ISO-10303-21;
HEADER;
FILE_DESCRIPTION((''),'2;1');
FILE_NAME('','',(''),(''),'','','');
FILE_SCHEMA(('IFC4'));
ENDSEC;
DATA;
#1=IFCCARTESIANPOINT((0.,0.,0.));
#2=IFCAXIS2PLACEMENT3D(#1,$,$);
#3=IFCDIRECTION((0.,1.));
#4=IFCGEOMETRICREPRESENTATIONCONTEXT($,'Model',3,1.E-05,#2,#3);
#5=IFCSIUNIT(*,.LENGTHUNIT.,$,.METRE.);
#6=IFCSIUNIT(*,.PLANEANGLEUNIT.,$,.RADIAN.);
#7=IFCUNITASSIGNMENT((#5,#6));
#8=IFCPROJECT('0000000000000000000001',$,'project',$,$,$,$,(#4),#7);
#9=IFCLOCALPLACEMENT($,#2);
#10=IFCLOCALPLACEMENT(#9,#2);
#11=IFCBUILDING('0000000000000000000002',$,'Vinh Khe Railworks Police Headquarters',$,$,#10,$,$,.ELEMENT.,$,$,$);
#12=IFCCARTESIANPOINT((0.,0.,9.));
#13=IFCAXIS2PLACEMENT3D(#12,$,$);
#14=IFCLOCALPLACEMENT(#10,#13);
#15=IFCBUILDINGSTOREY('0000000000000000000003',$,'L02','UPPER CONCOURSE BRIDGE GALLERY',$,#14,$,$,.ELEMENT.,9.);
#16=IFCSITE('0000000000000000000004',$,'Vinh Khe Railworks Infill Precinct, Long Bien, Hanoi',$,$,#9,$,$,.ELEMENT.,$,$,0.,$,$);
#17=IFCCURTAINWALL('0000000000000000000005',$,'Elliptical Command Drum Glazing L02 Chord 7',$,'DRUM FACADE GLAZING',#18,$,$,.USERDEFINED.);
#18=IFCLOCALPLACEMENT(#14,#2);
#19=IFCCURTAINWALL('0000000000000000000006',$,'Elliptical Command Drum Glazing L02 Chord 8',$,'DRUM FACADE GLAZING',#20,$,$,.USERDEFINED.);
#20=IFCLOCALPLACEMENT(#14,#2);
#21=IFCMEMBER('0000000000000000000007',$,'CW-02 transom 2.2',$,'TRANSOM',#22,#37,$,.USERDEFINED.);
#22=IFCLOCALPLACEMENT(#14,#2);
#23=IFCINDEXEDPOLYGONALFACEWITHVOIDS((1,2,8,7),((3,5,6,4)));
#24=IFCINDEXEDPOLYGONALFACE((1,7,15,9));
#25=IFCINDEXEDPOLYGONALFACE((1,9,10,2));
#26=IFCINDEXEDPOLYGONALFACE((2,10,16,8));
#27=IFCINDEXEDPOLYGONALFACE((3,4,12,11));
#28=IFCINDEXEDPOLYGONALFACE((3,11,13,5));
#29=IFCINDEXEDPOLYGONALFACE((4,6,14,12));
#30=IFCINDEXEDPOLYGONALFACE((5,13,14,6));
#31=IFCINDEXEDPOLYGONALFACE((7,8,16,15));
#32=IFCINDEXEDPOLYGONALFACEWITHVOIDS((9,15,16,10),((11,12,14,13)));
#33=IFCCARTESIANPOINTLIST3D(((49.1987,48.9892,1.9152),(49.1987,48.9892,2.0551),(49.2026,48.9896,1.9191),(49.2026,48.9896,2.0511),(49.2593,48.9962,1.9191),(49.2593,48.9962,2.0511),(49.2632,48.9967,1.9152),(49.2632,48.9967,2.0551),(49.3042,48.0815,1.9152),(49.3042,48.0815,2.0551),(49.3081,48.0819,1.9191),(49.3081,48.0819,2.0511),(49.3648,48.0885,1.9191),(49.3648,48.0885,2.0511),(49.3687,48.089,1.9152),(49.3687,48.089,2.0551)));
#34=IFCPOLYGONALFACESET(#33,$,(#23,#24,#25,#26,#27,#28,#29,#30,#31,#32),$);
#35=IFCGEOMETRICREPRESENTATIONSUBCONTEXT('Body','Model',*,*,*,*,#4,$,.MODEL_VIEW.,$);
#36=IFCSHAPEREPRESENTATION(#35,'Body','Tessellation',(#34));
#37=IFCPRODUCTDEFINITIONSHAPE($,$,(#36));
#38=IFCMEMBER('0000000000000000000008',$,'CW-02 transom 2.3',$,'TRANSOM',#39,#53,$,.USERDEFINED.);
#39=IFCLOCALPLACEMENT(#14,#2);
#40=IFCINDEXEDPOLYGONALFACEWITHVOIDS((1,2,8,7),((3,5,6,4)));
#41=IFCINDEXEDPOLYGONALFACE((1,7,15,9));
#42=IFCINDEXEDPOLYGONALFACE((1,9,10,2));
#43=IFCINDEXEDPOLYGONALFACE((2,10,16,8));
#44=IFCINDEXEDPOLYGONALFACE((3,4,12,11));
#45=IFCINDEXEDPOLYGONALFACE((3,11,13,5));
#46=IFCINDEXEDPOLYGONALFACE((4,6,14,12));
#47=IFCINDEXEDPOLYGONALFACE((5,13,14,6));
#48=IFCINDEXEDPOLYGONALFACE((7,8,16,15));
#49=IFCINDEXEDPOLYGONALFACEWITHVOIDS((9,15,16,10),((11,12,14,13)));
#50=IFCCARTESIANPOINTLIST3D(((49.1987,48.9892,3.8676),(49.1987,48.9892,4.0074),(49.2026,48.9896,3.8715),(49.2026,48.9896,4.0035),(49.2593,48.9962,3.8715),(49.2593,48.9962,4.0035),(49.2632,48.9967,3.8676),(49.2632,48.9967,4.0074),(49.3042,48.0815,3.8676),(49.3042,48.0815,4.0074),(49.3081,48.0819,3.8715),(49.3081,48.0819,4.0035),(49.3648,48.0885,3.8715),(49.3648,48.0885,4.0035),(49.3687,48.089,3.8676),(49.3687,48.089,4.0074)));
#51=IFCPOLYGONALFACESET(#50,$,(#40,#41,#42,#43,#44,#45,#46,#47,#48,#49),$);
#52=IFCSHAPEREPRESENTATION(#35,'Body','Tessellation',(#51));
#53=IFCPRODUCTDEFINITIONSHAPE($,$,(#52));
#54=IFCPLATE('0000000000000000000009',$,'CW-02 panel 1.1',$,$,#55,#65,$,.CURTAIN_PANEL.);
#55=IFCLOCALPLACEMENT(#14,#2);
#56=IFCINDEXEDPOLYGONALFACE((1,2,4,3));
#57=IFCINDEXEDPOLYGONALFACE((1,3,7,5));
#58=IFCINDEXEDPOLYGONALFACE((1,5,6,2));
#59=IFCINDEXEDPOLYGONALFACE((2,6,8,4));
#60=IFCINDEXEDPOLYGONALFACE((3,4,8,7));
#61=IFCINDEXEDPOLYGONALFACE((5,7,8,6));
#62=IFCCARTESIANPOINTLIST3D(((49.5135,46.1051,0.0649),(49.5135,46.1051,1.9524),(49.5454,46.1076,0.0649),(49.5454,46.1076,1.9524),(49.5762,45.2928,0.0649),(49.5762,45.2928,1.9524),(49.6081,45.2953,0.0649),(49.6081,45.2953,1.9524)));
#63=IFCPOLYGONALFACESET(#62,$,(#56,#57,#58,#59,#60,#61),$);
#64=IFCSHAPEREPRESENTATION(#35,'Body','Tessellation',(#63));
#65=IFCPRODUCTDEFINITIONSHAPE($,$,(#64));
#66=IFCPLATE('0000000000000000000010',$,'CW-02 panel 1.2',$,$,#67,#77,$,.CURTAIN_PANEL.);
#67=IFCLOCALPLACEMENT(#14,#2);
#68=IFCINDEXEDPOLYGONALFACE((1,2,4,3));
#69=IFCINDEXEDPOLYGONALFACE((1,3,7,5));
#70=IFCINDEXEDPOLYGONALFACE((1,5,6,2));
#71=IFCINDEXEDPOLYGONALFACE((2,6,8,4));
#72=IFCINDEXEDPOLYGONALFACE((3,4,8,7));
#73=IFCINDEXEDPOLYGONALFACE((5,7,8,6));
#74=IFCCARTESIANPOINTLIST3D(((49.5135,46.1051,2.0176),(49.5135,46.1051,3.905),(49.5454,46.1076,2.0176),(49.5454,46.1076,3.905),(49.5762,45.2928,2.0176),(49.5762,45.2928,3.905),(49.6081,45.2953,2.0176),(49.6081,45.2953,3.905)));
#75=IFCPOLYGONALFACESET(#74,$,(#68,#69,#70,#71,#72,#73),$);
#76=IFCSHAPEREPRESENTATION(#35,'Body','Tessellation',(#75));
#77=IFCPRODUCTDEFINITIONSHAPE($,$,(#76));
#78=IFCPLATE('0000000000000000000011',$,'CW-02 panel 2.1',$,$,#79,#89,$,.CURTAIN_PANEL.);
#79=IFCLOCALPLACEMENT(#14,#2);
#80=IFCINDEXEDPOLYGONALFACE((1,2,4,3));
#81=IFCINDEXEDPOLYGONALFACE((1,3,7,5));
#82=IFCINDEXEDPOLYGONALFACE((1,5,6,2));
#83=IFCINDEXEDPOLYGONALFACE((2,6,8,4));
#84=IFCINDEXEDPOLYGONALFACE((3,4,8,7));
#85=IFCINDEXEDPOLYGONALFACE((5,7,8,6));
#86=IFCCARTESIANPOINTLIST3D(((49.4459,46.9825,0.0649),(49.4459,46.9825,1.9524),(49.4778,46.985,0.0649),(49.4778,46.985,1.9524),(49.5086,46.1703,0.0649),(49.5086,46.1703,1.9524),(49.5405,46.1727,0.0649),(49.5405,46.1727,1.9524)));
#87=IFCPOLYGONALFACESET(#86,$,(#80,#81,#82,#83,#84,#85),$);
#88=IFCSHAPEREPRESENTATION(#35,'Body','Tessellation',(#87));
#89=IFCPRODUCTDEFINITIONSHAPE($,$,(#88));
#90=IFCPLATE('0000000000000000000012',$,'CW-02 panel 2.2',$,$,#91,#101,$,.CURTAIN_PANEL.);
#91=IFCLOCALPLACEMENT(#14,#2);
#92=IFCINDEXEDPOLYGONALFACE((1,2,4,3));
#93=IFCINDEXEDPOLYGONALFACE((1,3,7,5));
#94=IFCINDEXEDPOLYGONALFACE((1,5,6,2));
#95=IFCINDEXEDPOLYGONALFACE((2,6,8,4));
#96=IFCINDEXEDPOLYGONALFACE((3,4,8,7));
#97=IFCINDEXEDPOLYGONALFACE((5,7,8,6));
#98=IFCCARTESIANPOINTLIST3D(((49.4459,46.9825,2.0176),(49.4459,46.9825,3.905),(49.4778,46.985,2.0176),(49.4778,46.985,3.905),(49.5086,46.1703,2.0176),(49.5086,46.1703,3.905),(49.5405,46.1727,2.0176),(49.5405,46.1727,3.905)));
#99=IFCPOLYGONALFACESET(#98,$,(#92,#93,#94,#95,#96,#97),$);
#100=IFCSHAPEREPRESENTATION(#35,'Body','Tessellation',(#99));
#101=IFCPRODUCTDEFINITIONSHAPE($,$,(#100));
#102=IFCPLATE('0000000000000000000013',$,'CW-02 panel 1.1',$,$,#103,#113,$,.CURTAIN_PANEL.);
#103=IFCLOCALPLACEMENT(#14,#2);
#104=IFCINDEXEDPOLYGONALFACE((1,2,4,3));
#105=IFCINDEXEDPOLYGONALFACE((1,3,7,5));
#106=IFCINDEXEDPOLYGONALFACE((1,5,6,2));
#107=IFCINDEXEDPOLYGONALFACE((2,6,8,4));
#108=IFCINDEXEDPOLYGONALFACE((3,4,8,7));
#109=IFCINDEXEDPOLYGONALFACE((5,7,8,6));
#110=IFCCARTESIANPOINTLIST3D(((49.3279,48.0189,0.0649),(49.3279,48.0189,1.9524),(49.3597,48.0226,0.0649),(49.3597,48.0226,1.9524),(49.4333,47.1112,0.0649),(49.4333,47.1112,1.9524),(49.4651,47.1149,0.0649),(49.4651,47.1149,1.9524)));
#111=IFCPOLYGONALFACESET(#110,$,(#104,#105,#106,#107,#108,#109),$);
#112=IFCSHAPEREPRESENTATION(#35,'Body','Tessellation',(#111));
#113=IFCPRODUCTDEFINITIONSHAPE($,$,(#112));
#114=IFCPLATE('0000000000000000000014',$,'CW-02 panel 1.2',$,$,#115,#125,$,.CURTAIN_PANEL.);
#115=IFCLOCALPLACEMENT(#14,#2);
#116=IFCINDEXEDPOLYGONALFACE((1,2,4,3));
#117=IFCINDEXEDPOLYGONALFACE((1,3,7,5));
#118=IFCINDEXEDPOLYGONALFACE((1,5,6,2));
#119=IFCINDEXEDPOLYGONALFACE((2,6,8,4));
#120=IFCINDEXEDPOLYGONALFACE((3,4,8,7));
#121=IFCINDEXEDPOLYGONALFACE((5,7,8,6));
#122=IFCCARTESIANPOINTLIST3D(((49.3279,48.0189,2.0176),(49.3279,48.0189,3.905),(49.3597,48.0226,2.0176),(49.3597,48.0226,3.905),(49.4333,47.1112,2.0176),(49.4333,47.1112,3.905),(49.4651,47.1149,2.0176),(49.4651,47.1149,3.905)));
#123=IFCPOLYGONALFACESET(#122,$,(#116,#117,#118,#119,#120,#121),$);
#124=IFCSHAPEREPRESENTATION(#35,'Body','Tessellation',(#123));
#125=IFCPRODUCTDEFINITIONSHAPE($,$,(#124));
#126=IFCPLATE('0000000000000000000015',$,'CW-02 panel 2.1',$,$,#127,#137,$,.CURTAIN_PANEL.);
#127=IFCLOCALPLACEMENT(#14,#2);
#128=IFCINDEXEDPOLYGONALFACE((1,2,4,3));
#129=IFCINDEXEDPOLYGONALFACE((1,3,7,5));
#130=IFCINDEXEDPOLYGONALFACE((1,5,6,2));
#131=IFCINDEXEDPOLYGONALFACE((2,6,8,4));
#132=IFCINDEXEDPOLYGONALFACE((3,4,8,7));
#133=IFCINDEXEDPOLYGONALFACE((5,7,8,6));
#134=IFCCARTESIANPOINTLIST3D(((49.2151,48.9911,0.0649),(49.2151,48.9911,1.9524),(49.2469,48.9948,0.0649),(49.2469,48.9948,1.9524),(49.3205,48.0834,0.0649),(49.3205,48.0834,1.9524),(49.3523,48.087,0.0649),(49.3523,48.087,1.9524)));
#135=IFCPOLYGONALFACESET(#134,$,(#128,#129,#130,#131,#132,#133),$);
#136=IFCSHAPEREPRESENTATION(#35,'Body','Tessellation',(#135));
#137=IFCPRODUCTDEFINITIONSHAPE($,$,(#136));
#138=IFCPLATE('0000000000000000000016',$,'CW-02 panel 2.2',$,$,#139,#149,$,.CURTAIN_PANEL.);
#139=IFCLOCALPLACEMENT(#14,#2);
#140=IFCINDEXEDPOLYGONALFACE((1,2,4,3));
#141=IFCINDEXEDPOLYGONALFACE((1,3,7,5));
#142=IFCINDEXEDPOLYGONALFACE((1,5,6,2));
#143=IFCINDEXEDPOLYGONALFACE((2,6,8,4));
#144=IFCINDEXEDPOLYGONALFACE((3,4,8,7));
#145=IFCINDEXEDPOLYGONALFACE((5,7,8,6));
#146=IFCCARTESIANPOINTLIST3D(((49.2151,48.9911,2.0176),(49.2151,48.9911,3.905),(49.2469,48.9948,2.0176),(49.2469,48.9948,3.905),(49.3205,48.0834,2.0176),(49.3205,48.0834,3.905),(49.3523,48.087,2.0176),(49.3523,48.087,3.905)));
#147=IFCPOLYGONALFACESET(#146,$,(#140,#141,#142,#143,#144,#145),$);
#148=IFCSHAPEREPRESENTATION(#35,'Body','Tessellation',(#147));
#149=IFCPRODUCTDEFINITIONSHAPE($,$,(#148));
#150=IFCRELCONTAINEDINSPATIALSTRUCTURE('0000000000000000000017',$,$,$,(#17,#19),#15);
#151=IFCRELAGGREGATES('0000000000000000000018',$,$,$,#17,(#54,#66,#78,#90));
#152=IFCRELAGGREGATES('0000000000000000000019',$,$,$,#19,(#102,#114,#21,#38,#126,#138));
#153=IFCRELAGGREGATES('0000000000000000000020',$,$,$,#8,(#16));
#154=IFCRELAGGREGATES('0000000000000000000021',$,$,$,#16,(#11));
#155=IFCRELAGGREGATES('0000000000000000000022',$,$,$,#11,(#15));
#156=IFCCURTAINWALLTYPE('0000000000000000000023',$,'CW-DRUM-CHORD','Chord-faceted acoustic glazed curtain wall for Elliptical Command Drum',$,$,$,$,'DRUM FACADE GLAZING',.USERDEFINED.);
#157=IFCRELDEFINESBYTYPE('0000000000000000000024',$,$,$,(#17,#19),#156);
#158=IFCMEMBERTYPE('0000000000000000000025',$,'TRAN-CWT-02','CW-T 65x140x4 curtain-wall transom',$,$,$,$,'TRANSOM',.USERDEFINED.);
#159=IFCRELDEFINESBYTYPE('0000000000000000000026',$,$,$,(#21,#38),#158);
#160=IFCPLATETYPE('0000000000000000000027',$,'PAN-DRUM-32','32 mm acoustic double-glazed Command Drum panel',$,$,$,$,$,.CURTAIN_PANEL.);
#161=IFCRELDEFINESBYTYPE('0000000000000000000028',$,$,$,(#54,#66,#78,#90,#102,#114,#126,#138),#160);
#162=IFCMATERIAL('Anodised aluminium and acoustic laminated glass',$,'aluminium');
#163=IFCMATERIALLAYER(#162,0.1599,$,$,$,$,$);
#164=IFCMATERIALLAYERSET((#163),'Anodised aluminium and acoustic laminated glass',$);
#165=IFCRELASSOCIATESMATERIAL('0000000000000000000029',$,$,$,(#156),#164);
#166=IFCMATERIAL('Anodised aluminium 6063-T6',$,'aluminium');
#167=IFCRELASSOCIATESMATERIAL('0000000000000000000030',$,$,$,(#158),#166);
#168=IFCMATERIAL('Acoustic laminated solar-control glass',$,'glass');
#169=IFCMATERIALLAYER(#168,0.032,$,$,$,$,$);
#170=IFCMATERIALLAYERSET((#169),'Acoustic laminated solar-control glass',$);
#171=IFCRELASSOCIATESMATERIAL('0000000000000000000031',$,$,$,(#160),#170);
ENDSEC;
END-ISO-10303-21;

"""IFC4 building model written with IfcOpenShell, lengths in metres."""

from ifc_helpers import new_model, si_unit, direction, frame, origin, origin_2d, place, context, subcontext, project, spatial, rectangle, hollow_rectangle, extrude, material, layer, layer_set, material_profile, profile_set, type_object, element, aggregate, save


model = new_model("IFC4")

# Units and contexts
model_context = context("Model", 3, precision=1e-05, world=origin(), true_north=direction((0.0, 1.0)))
body_context = subcontext(model_context, "Body", "Model", "MODEL_VIEW")
ifc_project = project(units=[si_unit("LENGTHUNIT", "METRE"), si_unit("PLANEANGLEUNIT", "RADIAN")], contexts=[model_context])

# Site, building, storey
site_placement = place(None, origin())
site = spatial("IfcSite", under=ifc_project, at=site_placement, Name="Vinh Khe Railworks Infill Precinct, Long Bien, Hanoi", CompositionType="ELEMENT", RefElevation=0.0)
building_placement = place(site_placement, origin())
building = spatial("IfcBuilding", under=site, at=building_placement, Name="Vinh Khe Railworks Police Headquarters", CompositionType="ELEMENT")
storey_placement = place(building_placement, frame((0.0, 0.0, 9.0)))
storey = spatial("IfcBuildingStorey", under=building, at=storey_placement, Name="L02", Description="UPPER CONCOURSE BRIDGE GALLERY", CompositionType="ELEMENT", Elevation=9.0)

# Curtain walls
ifc_material_1 = material(Name="Anodised aluminium and acoustic laminated glass", Category="aluminium")
ifc_layer_1 = layer(ifc_material_1, 0.1599)
ifc_layer_set_1 = layer_set([ifc_layer_1], Name="Anodised aluminium and acoustic laminated glass")
curtain_wall_type = type_object("IfcCurtainWallType", Name="CW-DRUM-CHORD", Description="Chord-faceted acoustic glazed curtain wall for Elliptical Command Drum", ElementType="DRUM FACADE GLAZING", PredefinedType="USERDEFINED", material=ifc_layer_set_1)
curtain_wall_1_placement = place(storey_placement, origin())
curtain_wall_1 = element("IfcCurtainWall", 1, at=curtain_wall_1_placement, inside=storey, type_object=curtain_wall_type, Name="Elliptical Command Drum Glazing L02 Chord 7", ObjectType="DRUM FACADE GLAZING", PredefinedType="USERDEFINED")
ifc_material_2 = material(Name="Anodised aluminium 6063-T6", Category="aluminium")
curtain_wall_2_placement = place(storey_placement, origin())
curtain_wall_2 = element("IfcCurtainWall", 2, at=curtain_wall_2_placement, inside=storey, type_object=curtain_wall_type, Name="Elliptical Command Drum Glazing L02 Chord 8", ObjectType="DRUM FACADE GLAZING", PredefinedType="USERDEFINED")

# Members
ifc_material_profile_1 = material_profile(ifc_material_2, hollow_rectangle(XDim=0.0649, YDim=0.1399, WallThickness=0.0039, at=origin_2d()), Name="CW-T 65x140x4")
ifc_profile_set_1 = profile_set([ifc_material_profile_1], Name="Anodised aluminium 6063-T6")
member_type_1 = type_object("IfcMemberType", Name="TRAN-CWT-02", Description="CW-T 65x140x4 curtain-wall transom", ElementType="TRANSOM", PredefinedType="USERDEFINED", material=ifc_profile_set_1)
member_1_placement = place(storey_placement, frame((49.3364, 48.0852, 1.9851), z_axis=(-0.115415, 0.993317, 0.0), x_axis=(-0.993317, -0.115415, 0.0)))
member_1 = element("IfcMember", 3, at=member_1_placement, type_object=member_type_1, Name="CW-02 transom 2.2", ObjectType="TRANSOM", PredefinedType="USERDEFINED", context=body_context, shape_type="SweptSolid", body=[
    extrude(hollow_rectangle(XDim=0.0649, YDim=0.1399, WallThickness=0.0039, at=origin_2d()), origin(), (0.0, 0.0, 1.0), 0.9138),
])
member_2_placement = place(storey_placement, frame((49.3364, 48.0852, 3.9375), z_axis=(-0.115415, 0.993317, 0.0), x_axis=(-0.993317, -0.115415, 0.0)))
member_2 = element("IfcMember", 4, at=member_2_placement, type_object=member_type_1, Name="CW-02 transom 2.3", ObjectType="TRANSOM", PredefinedType="USERDEFINED", context=body_context, shape_type="SweptSolid", body=[
    extrude(hollow_rectangle(XDim=0.0649, YDim=0.1399, WallThickness=0.0039, at=origin_2d()), origin(), (0.0, 0.0, 1.0), 0.9138),
])

# Plates
ifc_material_3 = material(Name="Acoustic laminated solar-control glass", Category="glass")
ifc_layer_2 = layer(ifc_material_3, 0.032)
ifc_layer_set_2 = layer_set([ifc_layer_2], Name="Acoustic laminated solar-control glass")
plate_type = type_object("IfcPlateType", Name="PAN-DRUM-32", Description="32 mm acoustic double-glazed Command Drum panel", PredefinedType="CURTAIN_PANEL", material=ifc_layer_set_2)
plate_1_placement = place(storey_placement, frame((49.5608, 45.7002, 0.0649), z_axis=(0.0, 0.0, 1.0), x_axis=(-0.076969, 0.997033, 0.0)))
plate_1 = element("IfcPlate", 5, at=plate_1_placement, type_object=plate_type, Name="CW-02 panel 1.1", PredefinedType="CURTAIN_PANEL", context=body_context, shape_type="SweptSolid", body=[
    extrude(rectangle(XDim=0.8147, YDim=0.032, at=origin_2d()), origin(), (0.0, 0.0, 1.0), 1.8875),
])
plate_2_placement = place(storey_placement, frame((49.5608, 45.7002, 2.0176), z_axis=(0.0, 0.0, 1.0), x_axis=(-0.076969, 0.997033, 0.0)))
plate_2 = element("IfcPlate", 6, at=plate_2_placement, type_object=plate_type, Name="CW-02 panel 1.2", PredefinedType="CURTAIN_PANEL", context=body_context, shape_type="SweptSolid", body=[
    extrude(rectangle(XDim=0.8147, YDim=0.032, at=origin_2d()), origin(), (0.0, 0.0, 1.0), 1.8875),
])
plate_3_placement = place(storey_placement, frame((49.4932, 46.5776, 0.0649), z_axis=(0.0, 0.0, 1.0), x_axis=(-0.076969, 0.997033, 0.0)))
plate_3 = element("IfcPlate", 7, at=plate_3_placement, type_object=plate_type, Name="CW-02 panel 2.1", PredefinedType="CURTAIN_PANEL", context=body_context, shape_type="SweptSolid", body=[
    extrude(rectangle(XDim=0.8147, YDim=0.032, at=origin_2d()), origin(), (0.0, 0.0, 1.0), 1.8875),
])
plate_4_placement = place(storey_placement, frame((49.4932, 46.5776, 2.0176), z_axis=(0.0, 0.0, 1.0), x_axis=(-0.076969, 0.997033, 0.0)))
plate_4 = element("IfcPlate", 8, at=plate_4_placement, type_object=plate_type, Name="CW-02 panel 2.2", PredefinedType="CURTAIN_PANEL", context=body_context, shape_type="SweptSolid", body=[
    extrude(rectangle(XDim=0.8147, YDim=0.032, at=origin_2d()), origin(), (0.0, 0.0, 1.0), 1.8875),
])
aggregate(curtain_wall_1, [plate_1, plate_2, plate_3, plate_4])
plate_5_placement = place(storey_placement, frame((49.3965, 47.5669, 0.0649), z_axis=(0.0, 0.0, 1.0), x_axis=(-0.115318, 0.993329, 0.0)))
plate_5 = element("IfcPlate", 9, at=plate_5_placement, type_object=plate_type, Name="CW-02 panel 1.1", PredefinedType="CURTAIN_PANEL", context=body_context, shape_type="SweptSolid", body=[
    extrude(rectangle(XDim=0.9138, YDim=0.032, at=origin_2d()), origin(), (0.0, 0.0, 1.0), 1.8875),
])
plate_6_placement = place(storey_placement, frame((49.3965, 47.5669, 2.0176), z_axis=(0.0, 0.0, 1.0), x_axis=(-0.115318, 0.993329, 0.0)))
plate_6 = element("IfcPlate", 10, at=plate_6_placement, type_object=plate_type, Name="CW-02 panel 1.2", PredefinedType="CURTAIN_PANEL", context=body_context, shape_type="SweptSolid", body=[
    extrude(rectangle(XDim=0.9138, YDim=0.032, at=origin_2d()), origin(), (0.0, 0.0, 1.0), 1.8875),
])
plate_7_placement = place(storey_placement, frame((49.2837, 48.5391, 0.0649), z_axis=(0.0, 0.0, 1.0), x_axis=(-0.115318, 0.993329, 0.0)))
plate_7 = element("IfcPlate", 11, at=plate_7_placement, type_object=plate_type, Name="CW-02 panel 2.1", PredefinedType="CURTAIN_PANEL", context=body_context, shape_type="SweptSolid", body=[
    extrude(rectangle(XDim=0.9138, YDim=0.032, at=origin_2d()), origin(), (0.0, 0.0, 1.0), 1.8875),
])
plate_8_placement = place(storey_placement, frame((49.2837, 48.5391, 2.0176), z_axis=(0.0, 0.0, 1.0), x_axis=(-0.115318, 0.993329, 0.0)))
plate_8 = element("IfcPlate", 12, at=plate_8_placement, type_object=plate_type, Name="CW-02 panel 2.2", PredefinedType="CURTAIN_PANEL", context=body_context, shape_type="SweptSolid", body=[
    extrude(rectangle(XDim=0.9138, YDim=0.032, at=origin_2d()), origin(), (0.0, 0.0, 1.0), 1.8875),
])
aggregate(curtain_wall_2, [plate_5, plate_6, member_1, member_2, plate_7, plate_8])

save(model, "model.ifc")
